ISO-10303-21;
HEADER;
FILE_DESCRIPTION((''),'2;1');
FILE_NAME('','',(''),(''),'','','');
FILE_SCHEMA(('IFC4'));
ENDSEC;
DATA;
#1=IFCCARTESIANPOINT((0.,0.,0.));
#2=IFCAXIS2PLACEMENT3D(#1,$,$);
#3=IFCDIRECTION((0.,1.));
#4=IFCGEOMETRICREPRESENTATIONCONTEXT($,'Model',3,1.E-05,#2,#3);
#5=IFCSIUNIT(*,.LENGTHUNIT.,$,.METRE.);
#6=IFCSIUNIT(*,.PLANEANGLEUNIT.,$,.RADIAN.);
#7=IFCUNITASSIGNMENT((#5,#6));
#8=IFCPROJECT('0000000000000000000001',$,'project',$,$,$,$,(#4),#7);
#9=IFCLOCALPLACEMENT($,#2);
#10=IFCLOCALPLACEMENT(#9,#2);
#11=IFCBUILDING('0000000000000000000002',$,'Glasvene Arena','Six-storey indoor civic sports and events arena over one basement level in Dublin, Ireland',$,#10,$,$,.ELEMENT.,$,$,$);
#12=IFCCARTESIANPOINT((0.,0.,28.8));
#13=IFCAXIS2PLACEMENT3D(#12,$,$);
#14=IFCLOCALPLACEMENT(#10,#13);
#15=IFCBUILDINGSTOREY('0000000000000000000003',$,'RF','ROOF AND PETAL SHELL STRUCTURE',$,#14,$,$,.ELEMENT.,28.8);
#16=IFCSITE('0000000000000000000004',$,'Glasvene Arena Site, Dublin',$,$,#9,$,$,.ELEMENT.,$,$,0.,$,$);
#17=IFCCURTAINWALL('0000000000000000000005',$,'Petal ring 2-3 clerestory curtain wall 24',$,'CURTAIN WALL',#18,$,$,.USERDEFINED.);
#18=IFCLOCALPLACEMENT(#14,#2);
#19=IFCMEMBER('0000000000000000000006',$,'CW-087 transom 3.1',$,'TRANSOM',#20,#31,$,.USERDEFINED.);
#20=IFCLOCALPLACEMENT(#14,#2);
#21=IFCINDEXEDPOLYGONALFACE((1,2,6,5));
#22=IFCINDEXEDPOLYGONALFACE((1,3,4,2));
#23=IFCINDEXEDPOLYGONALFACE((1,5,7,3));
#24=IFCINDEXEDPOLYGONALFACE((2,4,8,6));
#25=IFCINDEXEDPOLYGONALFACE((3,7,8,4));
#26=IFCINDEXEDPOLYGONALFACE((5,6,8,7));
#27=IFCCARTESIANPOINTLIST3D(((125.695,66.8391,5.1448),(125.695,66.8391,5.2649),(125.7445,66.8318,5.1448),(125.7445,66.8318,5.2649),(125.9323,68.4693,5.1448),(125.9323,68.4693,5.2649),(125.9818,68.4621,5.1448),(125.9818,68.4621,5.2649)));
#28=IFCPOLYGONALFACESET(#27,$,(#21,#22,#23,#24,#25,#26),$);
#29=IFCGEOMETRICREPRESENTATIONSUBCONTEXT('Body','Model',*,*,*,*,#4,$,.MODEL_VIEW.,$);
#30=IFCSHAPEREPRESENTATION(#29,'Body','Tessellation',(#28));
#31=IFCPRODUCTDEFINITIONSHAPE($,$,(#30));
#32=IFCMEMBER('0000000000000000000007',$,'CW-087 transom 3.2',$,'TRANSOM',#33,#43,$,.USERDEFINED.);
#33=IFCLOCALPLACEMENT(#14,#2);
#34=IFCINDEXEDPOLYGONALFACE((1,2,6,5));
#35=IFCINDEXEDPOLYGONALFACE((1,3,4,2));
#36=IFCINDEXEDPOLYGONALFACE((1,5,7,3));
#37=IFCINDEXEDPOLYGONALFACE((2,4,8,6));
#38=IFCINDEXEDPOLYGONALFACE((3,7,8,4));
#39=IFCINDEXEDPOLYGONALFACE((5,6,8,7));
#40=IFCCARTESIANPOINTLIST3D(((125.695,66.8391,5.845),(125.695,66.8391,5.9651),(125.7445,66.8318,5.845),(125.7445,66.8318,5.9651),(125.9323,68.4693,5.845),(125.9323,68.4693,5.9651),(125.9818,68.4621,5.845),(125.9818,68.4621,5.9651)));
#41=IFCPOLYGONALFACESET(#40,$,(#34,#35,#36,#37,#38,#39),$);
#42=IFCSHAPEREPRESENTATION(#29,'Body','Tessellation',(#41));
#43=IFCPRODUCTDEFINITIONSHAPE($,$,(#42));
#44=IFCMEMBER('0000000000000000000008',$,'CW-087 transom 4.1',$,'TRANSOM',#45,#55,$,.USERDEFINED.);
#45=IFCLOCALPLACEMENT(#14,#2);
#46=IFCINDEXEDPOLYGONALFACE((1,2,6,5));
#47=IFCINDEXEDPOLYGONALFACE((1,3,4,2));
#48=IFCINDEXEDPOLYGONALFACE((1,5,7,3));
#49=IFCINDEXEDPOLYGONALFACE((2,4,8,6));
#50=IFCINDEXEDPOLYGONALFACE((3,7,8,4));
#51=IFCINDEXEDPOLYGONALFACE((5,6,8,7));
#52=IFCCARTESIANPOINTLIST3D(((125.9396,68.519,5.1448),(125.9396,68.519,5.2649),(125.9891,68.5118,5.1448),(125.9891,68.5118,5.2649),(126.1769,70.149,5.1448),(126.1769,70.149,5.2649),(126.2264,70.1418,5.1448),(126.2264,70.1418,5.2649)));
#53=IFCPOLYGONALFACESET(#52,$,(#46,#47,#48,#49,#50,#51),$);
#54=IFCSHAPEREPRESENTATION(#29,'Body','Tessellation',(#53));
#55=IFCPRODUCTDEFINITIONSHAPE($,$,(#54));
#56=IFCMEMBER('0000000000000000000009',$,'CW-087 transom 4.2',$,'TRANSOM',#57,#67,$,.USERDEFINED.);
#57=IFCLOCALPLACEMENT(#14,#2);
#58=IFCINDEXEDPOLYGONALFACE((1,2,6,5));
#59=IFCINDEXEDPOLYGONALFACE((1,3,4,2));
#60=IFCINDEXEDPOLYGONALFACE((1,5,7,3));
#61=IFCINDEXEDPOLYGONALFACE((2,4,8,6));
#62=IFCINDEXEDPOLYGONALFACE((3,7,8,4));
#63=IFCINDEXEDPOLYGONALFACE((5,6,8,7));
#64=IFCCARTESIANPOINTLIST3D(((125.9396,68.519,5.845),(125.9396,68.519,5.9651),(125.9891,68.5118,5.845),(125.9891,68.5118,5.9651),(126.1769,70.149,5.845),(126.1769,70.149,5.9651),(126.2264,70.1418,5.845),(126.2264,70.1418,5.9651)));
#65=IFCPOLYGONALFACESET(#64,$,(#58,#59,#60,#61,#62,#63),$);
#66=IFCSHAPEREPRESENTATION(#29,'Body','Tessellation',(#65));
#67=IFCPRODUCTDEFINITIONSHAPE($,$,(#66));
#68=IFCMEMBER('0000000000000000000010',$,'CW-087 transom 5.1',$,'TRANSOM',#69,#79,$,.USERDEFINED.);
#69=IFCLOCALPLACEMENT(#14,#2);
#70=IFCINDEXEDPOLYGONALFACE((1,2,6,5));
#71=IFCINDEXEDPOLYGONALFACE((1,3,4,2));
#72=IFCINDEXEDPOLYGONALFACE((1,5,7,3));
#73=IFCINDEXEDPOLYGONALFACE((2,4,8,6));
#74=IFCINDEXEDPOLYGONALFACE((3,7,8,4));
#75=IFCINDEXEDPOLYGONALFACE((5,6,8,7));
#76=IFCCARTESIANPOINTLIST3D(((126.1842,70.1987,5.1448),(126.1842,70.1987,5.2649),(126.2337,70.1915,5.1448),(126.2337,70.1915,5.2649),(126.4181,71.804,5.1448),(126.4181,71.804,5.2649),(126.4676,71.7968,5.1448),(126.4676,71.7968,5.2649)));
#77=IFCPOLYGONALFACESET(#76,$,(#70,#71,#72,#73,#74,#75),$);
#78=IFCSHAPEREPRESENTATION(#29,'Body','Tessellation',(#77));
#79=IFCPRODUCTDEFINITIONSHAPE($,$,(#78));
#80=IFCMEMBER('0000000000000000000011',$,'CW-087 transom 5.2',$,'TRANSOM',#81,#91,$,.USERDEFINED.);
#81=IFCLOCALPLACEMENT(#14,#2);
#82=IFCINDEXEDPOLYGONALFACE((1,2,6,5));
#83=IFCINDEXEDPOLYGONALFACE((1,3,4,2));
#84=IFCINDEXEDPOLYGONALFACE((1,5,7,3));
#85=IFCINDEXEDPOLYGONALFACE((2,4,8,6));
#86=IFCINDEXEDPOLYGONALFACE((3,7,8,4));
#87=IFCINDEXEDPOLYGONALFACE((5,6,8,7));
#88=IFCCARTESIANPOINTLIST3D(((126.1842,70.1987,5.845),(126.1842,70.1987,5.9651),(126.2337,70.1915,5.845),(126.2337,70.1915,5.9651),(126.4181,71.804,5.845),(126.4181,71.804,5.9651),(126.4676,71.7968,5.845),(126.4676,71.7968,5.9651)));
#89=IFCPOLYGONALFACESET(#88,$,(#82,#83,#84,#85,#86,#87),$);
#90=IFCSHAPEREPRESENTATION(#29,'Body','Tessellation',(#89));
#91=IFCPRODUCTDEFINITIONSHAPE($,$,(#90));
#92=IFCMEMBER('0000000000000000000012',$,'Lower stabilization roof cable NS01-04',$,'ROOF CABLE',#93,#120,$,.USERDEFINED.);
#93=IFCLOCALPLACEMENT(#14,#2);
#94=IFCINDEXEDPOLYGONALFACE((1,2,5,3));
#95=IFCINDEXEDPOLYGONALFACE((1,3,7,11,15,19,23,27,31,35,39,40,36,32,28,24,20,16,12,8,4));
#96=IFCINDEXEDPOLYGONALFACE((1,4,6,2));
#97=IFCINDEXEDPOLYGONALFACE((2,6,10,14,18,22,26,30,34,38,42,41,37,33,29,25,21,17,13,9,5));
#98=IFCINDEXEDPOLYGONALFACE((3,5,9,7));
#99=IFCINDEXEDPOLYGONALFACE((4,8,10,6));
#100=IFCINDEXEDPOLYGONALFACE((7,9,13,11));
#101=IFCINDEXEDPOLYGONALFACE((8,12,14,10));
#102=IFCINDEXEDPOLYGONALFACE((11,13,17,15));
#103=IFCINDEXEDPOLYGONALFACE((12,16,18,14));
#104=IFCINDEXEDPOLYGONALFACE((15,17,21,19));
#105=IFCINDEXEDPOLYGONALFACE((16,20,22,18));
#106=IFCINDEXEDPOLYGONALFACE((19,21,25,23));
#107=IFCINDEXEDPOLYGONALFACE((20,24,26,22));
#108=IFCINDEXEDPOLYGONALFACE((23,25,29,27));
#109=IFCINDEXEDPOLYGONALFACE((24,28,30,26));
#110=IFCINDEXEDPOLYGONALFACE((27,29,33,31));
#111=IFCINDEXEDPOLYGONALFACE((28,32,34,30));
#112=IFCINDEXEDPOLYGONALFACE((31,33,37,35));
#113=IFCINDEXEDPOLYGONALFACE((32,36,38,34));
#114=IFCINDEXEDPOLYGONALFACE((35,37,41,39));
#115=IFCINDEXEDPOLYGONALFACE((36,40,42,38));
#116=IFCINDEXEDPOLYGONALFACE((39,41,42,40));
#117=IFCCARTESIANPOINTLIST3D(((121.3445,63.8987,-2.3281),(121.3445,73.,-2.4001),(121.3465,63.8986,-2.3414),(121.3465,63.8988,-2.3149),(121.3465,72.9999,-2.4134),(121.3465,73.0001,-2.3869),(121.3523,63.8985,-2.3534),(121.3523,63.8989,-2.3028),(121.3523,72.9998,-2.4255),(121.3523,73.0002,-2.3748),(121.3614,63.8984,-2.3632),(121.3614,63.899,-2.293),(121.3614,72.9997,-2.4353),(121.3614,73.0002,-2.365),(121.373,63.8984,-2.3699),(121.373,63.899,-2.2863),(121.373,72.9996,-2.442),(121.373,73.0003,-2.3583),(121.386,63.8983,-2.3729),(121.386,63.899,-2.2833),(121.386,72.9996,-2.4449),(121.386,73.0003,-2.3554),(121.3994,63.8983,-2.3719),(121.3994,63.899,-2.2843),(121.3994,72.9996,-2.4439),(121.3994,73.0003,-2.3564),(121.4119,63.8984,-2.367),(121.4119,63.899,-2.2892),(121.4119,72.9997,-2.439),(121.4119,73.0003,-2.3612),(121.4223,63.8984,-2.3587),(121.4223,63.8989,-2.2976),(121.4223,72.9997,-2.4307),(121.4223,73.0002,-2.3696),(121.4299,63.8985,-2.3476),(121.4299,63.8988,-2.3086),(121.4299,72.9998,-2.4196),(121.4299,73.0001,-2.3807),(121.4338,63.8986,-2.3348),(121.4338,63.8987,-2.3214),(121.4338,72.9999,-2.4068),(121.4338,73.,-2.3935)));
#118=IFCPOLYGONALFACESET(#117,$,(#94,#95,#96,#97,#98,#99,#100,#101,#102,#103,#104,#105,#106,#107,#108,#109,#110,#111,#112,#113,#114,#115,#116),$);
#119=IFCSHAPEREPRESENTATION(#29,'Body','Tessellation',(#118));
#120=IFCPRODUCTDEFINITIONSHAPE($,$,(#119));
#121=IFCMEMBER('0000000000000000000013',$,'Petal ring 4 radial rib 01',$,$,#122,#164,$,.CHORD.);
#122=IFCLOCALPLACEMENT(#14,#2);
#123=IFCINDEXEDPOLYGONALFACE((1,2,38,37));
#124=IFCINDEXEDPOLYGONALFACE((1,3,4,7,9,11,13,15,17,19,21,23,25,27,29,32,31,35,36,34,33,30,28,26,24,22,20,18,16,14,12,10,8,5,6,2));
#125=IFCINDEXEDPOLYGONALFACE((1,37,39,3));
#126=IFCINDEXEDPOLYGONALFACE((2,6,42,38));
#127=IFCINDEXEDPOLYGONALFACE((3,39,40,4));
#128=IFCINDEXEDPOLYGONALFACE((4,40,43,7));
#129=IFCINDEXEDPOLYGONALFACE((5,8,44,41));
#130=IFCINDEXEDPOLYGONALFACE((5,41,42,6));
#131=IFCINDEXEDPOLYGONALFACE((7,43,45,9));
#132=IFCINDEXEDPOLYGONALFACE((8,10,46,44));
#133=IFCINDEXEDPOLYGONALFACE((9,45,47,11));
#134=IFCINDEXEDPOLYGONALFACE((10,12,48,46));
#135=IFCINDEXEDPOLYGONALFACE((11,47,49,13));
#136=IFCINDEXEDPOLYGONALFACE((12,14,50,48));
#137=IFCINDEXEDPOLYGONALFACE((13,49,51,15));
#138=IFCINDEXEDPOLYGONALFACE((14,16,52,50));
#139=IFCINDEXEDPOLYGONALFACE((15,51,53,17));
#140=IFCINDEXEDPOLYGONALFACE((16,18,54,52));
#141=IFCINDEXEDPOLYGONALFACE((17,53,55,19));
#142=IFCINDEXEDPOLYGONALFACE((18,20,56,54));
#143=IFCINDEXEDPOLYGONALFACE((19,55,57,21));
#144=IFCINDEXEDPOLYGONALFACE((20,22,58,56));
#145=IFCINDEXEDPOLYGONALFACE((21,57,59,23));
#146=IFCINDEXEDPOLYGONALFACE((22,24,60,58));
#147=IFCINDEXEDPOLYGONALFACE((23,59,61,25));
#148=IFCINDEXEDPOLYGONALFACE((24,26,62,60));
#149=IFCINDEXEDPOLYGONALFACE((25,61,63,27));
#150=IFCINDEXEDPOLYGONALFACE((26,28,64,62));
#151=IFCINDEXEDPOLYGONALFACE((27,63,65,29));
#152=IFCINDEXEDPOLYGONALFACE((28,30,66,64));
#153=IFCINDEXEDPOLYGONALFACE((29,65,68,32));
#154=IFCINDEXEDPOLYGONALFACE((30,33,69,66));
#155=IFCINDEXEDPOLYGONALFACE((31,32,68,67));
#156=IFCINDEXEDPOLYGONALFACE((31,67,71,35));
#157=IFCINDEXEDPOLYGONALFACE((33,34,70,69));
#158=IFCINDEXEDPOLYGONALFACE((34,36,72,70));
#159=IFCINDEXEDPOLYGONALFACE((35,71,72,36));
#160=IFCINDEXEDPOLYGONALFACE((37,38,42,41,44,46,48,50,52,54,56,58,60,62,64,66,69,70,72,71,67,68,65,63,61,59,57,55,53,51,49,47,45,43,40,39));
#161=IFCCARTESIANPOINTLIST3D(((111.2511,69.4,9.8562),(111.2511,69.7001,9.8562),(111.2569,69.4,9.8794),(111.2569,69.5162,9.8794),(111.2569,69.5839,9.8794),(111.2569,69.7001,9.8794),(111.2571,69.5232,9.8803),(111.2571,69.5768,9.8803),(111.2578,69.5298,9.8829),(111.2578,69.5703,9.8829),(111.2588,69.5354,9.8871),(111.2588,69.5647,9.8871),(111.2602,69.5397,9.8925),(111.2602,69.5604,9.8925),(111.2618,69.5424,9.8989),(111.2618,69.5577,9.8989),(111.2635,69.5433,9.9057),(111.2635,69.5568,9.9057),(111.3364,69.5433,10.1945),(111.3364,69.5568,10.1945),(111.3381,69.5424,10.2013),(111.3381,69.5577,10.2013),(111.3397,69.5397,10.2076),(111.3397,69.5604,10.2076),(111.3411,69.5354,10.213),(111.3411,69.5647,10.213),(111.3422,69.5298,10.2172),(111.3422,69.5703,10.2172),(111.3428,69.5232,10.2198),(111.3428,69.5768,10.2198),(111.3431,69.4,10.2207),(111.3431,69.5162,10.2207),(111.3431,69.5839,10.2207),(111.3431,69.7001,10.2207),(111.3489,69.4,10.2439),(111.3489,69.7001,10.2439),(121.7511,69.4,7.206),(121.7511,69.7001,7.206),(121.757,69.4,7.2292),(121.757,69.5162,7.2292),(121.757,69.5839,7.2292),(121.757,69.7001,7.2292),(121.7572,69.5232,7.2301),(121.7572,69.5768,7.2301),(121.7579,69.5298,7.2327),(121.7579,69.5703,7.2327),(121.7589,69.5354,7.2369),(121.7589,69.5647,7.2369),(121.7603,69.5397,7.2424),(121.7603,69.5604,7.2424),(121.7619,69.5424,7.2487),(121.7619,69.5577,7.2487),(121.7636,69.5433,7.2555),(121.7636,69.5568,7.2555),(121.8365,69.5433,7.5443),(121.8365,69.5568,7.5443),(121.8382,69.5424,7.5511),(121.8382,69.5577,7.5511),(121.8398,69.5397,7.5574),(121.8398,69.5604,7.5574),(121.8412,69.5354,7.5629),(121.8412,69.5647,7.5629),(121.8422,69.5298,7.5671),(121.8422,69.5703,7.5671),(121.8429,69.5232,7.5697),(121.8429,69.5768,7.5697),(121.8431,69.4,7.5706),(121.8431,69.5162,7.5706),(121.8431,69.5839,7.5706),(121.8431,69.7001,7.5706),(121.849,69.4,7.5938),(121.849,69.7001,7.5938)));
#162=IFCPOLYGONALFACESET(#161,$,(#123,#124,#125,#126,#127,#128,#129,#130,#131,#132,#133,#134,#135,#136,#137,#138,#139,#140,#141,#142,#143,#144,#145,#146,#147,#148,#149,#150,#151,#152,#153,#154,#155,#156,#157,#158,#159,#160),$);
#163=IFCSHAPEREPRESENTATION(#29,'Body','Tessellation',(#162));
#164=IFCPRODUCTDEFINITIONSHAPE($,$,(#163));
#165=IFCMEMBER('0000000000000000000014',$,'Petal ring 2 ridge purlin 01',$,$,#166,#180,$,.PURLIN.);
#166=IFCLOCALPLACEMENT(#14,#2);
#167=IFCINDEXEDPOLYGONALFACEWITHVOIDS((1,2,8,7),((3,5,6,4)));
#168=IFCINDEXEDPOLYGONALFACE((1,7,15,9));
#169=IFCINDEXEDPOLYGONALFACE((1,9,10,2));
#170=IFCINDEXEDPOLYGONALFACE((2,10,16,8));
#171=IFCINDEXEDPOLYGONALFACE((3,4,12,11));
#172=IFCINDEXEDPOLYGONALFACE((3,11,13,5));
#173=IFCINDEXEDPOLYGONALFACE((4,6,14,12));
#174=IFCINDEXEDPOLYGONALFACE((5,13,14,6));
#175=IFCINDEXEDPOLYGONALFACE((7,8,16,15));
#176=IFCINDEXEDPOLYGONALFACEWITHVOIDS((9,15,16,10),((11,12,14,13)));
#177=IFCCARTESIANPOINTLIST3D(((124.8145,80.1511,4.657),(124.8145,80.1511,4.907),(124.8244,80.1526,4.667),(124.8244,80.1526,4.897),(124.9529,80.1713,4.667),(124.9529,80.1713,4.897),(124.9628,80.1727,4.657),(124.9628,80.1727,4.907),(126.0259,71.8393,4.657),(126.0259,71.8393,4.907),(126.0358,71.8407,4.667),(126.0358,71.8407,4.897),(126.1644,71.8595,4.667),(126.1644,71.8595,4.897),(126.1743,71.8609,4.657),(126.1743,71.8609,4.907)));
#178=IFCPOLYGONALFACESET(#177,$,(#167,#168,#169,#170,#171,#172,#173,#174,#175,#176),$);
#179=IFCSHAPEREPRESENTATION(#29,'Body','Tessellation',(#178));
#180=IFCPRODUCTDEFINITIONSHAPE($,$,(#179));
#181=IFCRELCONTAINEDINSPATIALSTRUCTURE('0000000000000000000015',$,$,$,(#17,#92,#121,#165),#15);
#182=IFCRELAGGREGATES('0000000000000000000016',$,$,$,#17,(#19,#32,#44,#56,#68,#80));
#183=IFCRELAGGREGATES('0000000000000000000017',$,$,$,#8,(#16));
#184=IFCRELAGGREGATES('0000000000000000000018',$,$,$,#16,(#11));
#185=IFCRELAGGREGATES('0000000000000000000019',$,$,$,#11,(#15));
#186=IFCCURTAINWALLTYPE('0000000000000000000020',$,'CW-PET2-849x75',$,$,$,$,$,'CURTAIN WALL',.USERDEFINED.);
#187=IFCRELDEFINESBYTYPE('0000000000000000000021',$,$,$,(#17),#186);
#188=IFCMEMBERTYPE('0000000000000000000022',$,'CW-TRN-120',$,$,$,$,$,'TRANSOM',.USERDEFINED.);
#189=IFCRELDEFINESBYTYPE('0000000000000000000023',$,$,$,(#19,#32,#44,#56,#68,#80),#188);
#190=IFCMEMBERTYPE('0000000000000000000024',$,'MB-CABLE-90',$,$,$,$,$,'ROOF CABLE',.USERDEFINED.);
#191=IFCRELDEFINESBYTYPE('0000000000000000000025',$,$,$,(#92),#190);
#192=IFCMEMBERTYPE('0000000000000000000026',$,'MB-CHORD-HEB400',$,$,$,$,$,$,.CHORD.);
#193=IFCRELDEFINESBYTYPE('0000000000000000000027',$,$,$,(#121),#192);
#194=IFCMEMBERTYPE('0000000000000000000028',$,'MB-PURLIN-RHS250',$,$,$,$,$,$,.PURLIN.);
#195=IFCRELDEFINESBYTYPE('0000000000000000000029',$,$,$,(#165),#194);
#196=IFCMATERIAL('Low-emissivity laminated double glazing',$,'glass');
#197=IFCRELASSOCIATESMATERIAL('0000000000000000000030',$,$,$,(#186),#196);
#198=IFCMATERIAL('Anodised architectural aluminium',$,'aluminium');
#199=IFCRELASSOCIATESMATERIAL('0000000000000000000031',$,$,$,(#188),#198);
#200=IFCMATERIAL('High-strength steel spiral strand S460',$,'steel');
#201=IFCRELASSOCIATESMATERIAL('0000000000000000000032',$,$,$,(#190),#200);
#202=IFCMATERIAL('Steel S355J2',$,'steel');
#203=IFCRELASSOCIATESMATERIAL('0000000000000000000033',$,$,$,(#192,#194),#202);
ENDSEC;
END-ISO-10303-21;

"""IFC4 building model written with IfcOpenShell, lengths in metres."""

from ifc_helpers import new_model, si_unit, direction, frame, origin, origin_2d, place, context, subcontext, project, spatial, rectangle, hollow_rectangle, circle, i_section, extrude, material, material_profile, profile_set, type_object, element, aggregate, save


model = new_model("IFC4")

# Units and contexts
model_context = context("Model", 3, precision=1e-05, world=origin(), true_north=direction((0.0, 1.0)))
body_context = subcontext(model_context, "Body", "Model", "MODEL_VIEW")
ifc_project = project(units=[si_unit("LENGTHUNIT", "METRE"), si_unit("PLANEANGLEUNIT", "RADIAN")], contexts=[model_context])

# Site, building, storey
site_placement = place(None, origin())
site = spatial("IfcSite", under=ifc_project, at=site_placement, Name="Glasvene Arena Site, Dublin", CompositionType="ELEMENT", RefElevation=0.0)
building_placement = place(site_placement, origin())
building = spatial("IfcBuilding", under=site, at=building_placement, Name="Glasvene Arena", Description="Six-storey indoor civic sports and events arena over one basement level in Dublin, Ireland", CompositionType="ELEMENT")
storey_placement = place(building_placement, frame((0.0, 0.0, 28.8)))
storey = spatial("IfcBuildingStorey", under=building, at=storey_placement, Name="RF", Description="ROOF AND PETAL SHELL STRUCTURE", CompositionType="ELEMENT", Elevation=28.8)

# Shared definitions
ifc_material_1 = material(Name="Low-emissivity laminated double glazing", Category="glass")
curtain_wall_type_1 = type_object("IfcCurtainWallType", Name="CW-PET2-849x75", ElementType="CURTAIN WALL", PredefinedType="USERDEFINED", material=ifc_material_1)
ifc_material_2 = material(Name="Anodised architectural aluminium", Category="aluminium")

# Curtain wall
curtain_wall_1_placement = place(storey_placement, frame((125.2268, 63.4514, 0.0)))
curtain_wall_1 = element("IfcCurtainWall", 1, at=curtain_wall_1_placement, inside=storey, type_object=curtain_wall_type_1, Name="Petal ring 2-3 clerestory curtain wall 24", ObjectType="CURTAIN WALL", PredefinedType="USERDEFINED")

# Members
ifc_material_profile_1 = material_profile(ifc_material_2, rectangle(XDim=0.05, YDim=0.1201, at=origin_2d()), Name="ALU TRANSOM 50x120")
ifc_profile_set_1 = profile_set([ifc_material_profile_1], Name="Anodised architectural aluminium")
member_type_1 = type_object("IfcMemberType", Name="CW-TRN-120", ElementType="TRANSOM", PredefinedType="USERDEFINED", material=ifc_profile_set_1)
member_1_placement = place(storey_placement, frame((125.7197, 66.8354, 5.2048), z_axis=(0.144035, 0.989573, 0.0), x_axis=(-0.989573, 0.144035, 0.0)))
member_1 = element("IfcMember", 2, at=member_1_placement, type_object=member_type_1, Name="CW-087 transom 3.1", ObjectType="TRANSOM", PredefinedType="USERDEFINED", context=body_context, shape_type="SweptSolid", body=[
    extrude(rectangle(XDim=0.05, YDim=0.1201, at=origin_2d()), origin(), (0.0, 0.0, 1.0), 1.6475),
])
member_2_placement = place(storey_placement, frame((125.7197, 66.8354, 5.905), z_axis=(0.144035, 0.989573, 0.0), x_axis=(-0.989573, 0.144035, 0.0)))
member_2 = element("IfcMember", 3, at=member_2_placement, type_object=member_type_1, Name="CW-087 transom 3.2", ObjectType="TRANSOM", PredefinedType="USERDEFINED", context=body_context, shape_type="SweptSolid", body=[
    extrude(rectangle(XDim=0.05, YDim=0.1201, at=origin_2d()), origin(), (0.0, 0.0, 1.0), 1.6475),
])
member_3_placement = place(storey_placement, frame((125.9644, 68.5154, 5.2048), z_axis=(0.144056, 0.98957, 0.0), x_axis=(-0.98957, 0.144056, 0.0)))
member_3 = element("IfcMember", 4, at=member_3_placement, type_object=member_type_1, Name="CW-087 transom 4.1", ObjectType="TRANSOM", PredefinedType="USERDEFINED", context=body_context, shape_type="SweptSolid", body=[
    extrude(rectangle(XDim=0.05, YDim=0.1201, at=origin_2d()), origin(), (0.0, 0.0, 1.0), 1.6472),
])
member_4_placement = place(storey_placement, frame((125.9644, 68.5154, 5.905), z_axis=(0.144056, 0.98957, 0.0), x_axis=(-0.98957, 0.144056, 0.0)))
member_4 = element("IfcMember", 5, at=member_4_placement, type_object=member_type_1, Name="CW-087 transom 4.2", ObjectType="TRANSOM", PredefinedType="USERDEFINED", context=body_context, shape_type="SweptSolid", body=[
    extrude(rectangle(XDim=0.05, YDim=0.1201, at=origin_2d()), origin(), (0.0, 0.0, 1.0), 1.6472),
])
member_5_placement = place(storey_placement, frame((126.209, 70.1951, 5.2048), z_axis=(0.14416, 0.989554, 0.0), x_axis=(-0.989554, 0.14416, 0.0)))
member_5 = element("IfcMember", 6, at=member_5_placement, type_object=member_type_1, Name="CW-087 transom 5.1", ObjectType="TRANSOM", PredefinedType="USERDEFINED", context=body_context, shape_type="SweptSolid", body=[
    extrude(rectangle(XDim=0.05, YDim=0.1201, at=origin_2d()), origin(), (0.0, 0.0, 1.0), 1.6223),
])
member_6_placement = place(storey_placement, frame((126.209, 70.1951, 5.905), z_axis=(0.14416, 0.989554, 0.0), x_axis=(-0.989554, 0.14416, 0.0)))
member_6 = element("IfcMember", 7, at=member_6_placement, type_object=member_type_1, Name="CW-087 transom 5.2", ObjectType="TRANSOM", PredefinedType="USERDEFINED", context=body_context, shape_type="SweptSolid", body=[
    extrude(rectangle(XDim=0.05, YDim=0.1201, at=origin_2d()), origin(), (0.0, 0.0, 1.0), 1.6223),
])

# Members
ifc_material_3 = material(Name="High-strength steel spiral strand S460", Category="steel")
ifc_material_profile_2 = material_profile(ifc_material_3, circle(Radius=0.0449, at=origin_2d()), Name="LCSS D90")
ifc_profile_set_2 = profile_set([ifc_material_profile_2], Name="High-strength steel spiral strand S460")
member_type_2 = type_object("IfcMemberType", Name="MB-CABLE-90", ElementType="ROOF CABLE", PredefinedType="USERDEFINED", material=ifc_profile_set_2)
member_7_placement = place(storey_placement, frame((121.3894, 63.8987, -2.3281), z_axis=(0.0, 0.999969, -0.007913), x_axis=(-1.0, 0.0, 0.0)))
element("IfcMember", 8, at=member_7_placement, inside=storey, type_object=member_type_2, Name="Lower stabilization roof cable NS01-04", ObjectType="ROOF CABLE", PredefinedType="USERDEFINED", context=body_context, shape_type="SweptSolid", body=[
    extrude(circle(Radius=0.0449, at=origin_2d()), origin(), (0.0, 0.0, 1.0), 9.1016),
])
ifc_material_4 = material(Name="Steel S355J2", Category="steel")
ifc_material_profile_3 = material_profile(ifc_material_4, i_section(OverallWidth=0.3, OverallDepth=0.3999, WebThickness=0.0134, FlangeThickness=0.0239, FilletRadius=0.0271, at=origin_2d()), Name="HEB 400")
ifc_profile_set_3 = profile_set([ifc_material_profile_3], Name="Steel S355J2")
member_type_3 = type_object("IfcMemberType", Name="MB-CHORD-HEB400", PredefinedType="CHORD", material=ifc_profile_set_3)
member_8_placement = place(storey_placement, frame((121.8, 69.55, 7.3999), z_axis=(-0.969594, 0.0, 0.24472), x_axis=(0.0, -1.0, 0.0)))
element("IfcMember", 9, at=member_8_placement, inside=storey, type_object=member_type_3, Name="Petal ring 4 radial rib 01", PredefinedType="CHORD", context=body_context, shape_type="SweptSolid", body=[
    extrude(i_section(OverallWidth=0.3, OverallDepth=0.3999, WebThickness=0.0134, FlangeThickness=0.0239, FilletRadius=0.0271, at=origin_2d()), origin(), (0.0, 0.0, 1.0), 10.8293),
])
ifc_material_profile_4 = material_profile(ifc_material_4, hollow_rectangle(XDim=0.1499, YDim=0.25, WallThickness=0.01, at=origin_2d()), Name="RHS 250x150x10.0")
ifc_profile_set_4 = profile_set([ifc_material_profile_4], Name="Steel S355J2")
member_type_4 = type_object("IfcMemberType", Name="MB-PURLIN-RHS250", PredefinedType="PURLIN", material=ifc_profile_set_4)
member_9_placement = place(storey_placement, frame((126.1001, 71.8501, 4.782), z_axis=(-0.144224, 0.989545, 0.0), x_axis=(-0.989545, -0.144224, 0.0)))
element("IfcMember", 10, at=member_9_placement, inside=storey, type_object=member_type_4, Name="Petal ring 2 ridge purlin 01", PredefinedType="PURLIN", context=body_context, shape_type="SweptSolid", body=[
    extrude(hollow_rectangle(XDim=0.1499, YDim=0.25, WallThickness=0.01, at=origin_2d()), origin(), (0.0, 0.0, 1.0), 8.3997),
])

aggregate(curtain_wall_1, [member_1, member_2, member_3, member_4, member_5, member_6])

save(model, "model.ifc")
